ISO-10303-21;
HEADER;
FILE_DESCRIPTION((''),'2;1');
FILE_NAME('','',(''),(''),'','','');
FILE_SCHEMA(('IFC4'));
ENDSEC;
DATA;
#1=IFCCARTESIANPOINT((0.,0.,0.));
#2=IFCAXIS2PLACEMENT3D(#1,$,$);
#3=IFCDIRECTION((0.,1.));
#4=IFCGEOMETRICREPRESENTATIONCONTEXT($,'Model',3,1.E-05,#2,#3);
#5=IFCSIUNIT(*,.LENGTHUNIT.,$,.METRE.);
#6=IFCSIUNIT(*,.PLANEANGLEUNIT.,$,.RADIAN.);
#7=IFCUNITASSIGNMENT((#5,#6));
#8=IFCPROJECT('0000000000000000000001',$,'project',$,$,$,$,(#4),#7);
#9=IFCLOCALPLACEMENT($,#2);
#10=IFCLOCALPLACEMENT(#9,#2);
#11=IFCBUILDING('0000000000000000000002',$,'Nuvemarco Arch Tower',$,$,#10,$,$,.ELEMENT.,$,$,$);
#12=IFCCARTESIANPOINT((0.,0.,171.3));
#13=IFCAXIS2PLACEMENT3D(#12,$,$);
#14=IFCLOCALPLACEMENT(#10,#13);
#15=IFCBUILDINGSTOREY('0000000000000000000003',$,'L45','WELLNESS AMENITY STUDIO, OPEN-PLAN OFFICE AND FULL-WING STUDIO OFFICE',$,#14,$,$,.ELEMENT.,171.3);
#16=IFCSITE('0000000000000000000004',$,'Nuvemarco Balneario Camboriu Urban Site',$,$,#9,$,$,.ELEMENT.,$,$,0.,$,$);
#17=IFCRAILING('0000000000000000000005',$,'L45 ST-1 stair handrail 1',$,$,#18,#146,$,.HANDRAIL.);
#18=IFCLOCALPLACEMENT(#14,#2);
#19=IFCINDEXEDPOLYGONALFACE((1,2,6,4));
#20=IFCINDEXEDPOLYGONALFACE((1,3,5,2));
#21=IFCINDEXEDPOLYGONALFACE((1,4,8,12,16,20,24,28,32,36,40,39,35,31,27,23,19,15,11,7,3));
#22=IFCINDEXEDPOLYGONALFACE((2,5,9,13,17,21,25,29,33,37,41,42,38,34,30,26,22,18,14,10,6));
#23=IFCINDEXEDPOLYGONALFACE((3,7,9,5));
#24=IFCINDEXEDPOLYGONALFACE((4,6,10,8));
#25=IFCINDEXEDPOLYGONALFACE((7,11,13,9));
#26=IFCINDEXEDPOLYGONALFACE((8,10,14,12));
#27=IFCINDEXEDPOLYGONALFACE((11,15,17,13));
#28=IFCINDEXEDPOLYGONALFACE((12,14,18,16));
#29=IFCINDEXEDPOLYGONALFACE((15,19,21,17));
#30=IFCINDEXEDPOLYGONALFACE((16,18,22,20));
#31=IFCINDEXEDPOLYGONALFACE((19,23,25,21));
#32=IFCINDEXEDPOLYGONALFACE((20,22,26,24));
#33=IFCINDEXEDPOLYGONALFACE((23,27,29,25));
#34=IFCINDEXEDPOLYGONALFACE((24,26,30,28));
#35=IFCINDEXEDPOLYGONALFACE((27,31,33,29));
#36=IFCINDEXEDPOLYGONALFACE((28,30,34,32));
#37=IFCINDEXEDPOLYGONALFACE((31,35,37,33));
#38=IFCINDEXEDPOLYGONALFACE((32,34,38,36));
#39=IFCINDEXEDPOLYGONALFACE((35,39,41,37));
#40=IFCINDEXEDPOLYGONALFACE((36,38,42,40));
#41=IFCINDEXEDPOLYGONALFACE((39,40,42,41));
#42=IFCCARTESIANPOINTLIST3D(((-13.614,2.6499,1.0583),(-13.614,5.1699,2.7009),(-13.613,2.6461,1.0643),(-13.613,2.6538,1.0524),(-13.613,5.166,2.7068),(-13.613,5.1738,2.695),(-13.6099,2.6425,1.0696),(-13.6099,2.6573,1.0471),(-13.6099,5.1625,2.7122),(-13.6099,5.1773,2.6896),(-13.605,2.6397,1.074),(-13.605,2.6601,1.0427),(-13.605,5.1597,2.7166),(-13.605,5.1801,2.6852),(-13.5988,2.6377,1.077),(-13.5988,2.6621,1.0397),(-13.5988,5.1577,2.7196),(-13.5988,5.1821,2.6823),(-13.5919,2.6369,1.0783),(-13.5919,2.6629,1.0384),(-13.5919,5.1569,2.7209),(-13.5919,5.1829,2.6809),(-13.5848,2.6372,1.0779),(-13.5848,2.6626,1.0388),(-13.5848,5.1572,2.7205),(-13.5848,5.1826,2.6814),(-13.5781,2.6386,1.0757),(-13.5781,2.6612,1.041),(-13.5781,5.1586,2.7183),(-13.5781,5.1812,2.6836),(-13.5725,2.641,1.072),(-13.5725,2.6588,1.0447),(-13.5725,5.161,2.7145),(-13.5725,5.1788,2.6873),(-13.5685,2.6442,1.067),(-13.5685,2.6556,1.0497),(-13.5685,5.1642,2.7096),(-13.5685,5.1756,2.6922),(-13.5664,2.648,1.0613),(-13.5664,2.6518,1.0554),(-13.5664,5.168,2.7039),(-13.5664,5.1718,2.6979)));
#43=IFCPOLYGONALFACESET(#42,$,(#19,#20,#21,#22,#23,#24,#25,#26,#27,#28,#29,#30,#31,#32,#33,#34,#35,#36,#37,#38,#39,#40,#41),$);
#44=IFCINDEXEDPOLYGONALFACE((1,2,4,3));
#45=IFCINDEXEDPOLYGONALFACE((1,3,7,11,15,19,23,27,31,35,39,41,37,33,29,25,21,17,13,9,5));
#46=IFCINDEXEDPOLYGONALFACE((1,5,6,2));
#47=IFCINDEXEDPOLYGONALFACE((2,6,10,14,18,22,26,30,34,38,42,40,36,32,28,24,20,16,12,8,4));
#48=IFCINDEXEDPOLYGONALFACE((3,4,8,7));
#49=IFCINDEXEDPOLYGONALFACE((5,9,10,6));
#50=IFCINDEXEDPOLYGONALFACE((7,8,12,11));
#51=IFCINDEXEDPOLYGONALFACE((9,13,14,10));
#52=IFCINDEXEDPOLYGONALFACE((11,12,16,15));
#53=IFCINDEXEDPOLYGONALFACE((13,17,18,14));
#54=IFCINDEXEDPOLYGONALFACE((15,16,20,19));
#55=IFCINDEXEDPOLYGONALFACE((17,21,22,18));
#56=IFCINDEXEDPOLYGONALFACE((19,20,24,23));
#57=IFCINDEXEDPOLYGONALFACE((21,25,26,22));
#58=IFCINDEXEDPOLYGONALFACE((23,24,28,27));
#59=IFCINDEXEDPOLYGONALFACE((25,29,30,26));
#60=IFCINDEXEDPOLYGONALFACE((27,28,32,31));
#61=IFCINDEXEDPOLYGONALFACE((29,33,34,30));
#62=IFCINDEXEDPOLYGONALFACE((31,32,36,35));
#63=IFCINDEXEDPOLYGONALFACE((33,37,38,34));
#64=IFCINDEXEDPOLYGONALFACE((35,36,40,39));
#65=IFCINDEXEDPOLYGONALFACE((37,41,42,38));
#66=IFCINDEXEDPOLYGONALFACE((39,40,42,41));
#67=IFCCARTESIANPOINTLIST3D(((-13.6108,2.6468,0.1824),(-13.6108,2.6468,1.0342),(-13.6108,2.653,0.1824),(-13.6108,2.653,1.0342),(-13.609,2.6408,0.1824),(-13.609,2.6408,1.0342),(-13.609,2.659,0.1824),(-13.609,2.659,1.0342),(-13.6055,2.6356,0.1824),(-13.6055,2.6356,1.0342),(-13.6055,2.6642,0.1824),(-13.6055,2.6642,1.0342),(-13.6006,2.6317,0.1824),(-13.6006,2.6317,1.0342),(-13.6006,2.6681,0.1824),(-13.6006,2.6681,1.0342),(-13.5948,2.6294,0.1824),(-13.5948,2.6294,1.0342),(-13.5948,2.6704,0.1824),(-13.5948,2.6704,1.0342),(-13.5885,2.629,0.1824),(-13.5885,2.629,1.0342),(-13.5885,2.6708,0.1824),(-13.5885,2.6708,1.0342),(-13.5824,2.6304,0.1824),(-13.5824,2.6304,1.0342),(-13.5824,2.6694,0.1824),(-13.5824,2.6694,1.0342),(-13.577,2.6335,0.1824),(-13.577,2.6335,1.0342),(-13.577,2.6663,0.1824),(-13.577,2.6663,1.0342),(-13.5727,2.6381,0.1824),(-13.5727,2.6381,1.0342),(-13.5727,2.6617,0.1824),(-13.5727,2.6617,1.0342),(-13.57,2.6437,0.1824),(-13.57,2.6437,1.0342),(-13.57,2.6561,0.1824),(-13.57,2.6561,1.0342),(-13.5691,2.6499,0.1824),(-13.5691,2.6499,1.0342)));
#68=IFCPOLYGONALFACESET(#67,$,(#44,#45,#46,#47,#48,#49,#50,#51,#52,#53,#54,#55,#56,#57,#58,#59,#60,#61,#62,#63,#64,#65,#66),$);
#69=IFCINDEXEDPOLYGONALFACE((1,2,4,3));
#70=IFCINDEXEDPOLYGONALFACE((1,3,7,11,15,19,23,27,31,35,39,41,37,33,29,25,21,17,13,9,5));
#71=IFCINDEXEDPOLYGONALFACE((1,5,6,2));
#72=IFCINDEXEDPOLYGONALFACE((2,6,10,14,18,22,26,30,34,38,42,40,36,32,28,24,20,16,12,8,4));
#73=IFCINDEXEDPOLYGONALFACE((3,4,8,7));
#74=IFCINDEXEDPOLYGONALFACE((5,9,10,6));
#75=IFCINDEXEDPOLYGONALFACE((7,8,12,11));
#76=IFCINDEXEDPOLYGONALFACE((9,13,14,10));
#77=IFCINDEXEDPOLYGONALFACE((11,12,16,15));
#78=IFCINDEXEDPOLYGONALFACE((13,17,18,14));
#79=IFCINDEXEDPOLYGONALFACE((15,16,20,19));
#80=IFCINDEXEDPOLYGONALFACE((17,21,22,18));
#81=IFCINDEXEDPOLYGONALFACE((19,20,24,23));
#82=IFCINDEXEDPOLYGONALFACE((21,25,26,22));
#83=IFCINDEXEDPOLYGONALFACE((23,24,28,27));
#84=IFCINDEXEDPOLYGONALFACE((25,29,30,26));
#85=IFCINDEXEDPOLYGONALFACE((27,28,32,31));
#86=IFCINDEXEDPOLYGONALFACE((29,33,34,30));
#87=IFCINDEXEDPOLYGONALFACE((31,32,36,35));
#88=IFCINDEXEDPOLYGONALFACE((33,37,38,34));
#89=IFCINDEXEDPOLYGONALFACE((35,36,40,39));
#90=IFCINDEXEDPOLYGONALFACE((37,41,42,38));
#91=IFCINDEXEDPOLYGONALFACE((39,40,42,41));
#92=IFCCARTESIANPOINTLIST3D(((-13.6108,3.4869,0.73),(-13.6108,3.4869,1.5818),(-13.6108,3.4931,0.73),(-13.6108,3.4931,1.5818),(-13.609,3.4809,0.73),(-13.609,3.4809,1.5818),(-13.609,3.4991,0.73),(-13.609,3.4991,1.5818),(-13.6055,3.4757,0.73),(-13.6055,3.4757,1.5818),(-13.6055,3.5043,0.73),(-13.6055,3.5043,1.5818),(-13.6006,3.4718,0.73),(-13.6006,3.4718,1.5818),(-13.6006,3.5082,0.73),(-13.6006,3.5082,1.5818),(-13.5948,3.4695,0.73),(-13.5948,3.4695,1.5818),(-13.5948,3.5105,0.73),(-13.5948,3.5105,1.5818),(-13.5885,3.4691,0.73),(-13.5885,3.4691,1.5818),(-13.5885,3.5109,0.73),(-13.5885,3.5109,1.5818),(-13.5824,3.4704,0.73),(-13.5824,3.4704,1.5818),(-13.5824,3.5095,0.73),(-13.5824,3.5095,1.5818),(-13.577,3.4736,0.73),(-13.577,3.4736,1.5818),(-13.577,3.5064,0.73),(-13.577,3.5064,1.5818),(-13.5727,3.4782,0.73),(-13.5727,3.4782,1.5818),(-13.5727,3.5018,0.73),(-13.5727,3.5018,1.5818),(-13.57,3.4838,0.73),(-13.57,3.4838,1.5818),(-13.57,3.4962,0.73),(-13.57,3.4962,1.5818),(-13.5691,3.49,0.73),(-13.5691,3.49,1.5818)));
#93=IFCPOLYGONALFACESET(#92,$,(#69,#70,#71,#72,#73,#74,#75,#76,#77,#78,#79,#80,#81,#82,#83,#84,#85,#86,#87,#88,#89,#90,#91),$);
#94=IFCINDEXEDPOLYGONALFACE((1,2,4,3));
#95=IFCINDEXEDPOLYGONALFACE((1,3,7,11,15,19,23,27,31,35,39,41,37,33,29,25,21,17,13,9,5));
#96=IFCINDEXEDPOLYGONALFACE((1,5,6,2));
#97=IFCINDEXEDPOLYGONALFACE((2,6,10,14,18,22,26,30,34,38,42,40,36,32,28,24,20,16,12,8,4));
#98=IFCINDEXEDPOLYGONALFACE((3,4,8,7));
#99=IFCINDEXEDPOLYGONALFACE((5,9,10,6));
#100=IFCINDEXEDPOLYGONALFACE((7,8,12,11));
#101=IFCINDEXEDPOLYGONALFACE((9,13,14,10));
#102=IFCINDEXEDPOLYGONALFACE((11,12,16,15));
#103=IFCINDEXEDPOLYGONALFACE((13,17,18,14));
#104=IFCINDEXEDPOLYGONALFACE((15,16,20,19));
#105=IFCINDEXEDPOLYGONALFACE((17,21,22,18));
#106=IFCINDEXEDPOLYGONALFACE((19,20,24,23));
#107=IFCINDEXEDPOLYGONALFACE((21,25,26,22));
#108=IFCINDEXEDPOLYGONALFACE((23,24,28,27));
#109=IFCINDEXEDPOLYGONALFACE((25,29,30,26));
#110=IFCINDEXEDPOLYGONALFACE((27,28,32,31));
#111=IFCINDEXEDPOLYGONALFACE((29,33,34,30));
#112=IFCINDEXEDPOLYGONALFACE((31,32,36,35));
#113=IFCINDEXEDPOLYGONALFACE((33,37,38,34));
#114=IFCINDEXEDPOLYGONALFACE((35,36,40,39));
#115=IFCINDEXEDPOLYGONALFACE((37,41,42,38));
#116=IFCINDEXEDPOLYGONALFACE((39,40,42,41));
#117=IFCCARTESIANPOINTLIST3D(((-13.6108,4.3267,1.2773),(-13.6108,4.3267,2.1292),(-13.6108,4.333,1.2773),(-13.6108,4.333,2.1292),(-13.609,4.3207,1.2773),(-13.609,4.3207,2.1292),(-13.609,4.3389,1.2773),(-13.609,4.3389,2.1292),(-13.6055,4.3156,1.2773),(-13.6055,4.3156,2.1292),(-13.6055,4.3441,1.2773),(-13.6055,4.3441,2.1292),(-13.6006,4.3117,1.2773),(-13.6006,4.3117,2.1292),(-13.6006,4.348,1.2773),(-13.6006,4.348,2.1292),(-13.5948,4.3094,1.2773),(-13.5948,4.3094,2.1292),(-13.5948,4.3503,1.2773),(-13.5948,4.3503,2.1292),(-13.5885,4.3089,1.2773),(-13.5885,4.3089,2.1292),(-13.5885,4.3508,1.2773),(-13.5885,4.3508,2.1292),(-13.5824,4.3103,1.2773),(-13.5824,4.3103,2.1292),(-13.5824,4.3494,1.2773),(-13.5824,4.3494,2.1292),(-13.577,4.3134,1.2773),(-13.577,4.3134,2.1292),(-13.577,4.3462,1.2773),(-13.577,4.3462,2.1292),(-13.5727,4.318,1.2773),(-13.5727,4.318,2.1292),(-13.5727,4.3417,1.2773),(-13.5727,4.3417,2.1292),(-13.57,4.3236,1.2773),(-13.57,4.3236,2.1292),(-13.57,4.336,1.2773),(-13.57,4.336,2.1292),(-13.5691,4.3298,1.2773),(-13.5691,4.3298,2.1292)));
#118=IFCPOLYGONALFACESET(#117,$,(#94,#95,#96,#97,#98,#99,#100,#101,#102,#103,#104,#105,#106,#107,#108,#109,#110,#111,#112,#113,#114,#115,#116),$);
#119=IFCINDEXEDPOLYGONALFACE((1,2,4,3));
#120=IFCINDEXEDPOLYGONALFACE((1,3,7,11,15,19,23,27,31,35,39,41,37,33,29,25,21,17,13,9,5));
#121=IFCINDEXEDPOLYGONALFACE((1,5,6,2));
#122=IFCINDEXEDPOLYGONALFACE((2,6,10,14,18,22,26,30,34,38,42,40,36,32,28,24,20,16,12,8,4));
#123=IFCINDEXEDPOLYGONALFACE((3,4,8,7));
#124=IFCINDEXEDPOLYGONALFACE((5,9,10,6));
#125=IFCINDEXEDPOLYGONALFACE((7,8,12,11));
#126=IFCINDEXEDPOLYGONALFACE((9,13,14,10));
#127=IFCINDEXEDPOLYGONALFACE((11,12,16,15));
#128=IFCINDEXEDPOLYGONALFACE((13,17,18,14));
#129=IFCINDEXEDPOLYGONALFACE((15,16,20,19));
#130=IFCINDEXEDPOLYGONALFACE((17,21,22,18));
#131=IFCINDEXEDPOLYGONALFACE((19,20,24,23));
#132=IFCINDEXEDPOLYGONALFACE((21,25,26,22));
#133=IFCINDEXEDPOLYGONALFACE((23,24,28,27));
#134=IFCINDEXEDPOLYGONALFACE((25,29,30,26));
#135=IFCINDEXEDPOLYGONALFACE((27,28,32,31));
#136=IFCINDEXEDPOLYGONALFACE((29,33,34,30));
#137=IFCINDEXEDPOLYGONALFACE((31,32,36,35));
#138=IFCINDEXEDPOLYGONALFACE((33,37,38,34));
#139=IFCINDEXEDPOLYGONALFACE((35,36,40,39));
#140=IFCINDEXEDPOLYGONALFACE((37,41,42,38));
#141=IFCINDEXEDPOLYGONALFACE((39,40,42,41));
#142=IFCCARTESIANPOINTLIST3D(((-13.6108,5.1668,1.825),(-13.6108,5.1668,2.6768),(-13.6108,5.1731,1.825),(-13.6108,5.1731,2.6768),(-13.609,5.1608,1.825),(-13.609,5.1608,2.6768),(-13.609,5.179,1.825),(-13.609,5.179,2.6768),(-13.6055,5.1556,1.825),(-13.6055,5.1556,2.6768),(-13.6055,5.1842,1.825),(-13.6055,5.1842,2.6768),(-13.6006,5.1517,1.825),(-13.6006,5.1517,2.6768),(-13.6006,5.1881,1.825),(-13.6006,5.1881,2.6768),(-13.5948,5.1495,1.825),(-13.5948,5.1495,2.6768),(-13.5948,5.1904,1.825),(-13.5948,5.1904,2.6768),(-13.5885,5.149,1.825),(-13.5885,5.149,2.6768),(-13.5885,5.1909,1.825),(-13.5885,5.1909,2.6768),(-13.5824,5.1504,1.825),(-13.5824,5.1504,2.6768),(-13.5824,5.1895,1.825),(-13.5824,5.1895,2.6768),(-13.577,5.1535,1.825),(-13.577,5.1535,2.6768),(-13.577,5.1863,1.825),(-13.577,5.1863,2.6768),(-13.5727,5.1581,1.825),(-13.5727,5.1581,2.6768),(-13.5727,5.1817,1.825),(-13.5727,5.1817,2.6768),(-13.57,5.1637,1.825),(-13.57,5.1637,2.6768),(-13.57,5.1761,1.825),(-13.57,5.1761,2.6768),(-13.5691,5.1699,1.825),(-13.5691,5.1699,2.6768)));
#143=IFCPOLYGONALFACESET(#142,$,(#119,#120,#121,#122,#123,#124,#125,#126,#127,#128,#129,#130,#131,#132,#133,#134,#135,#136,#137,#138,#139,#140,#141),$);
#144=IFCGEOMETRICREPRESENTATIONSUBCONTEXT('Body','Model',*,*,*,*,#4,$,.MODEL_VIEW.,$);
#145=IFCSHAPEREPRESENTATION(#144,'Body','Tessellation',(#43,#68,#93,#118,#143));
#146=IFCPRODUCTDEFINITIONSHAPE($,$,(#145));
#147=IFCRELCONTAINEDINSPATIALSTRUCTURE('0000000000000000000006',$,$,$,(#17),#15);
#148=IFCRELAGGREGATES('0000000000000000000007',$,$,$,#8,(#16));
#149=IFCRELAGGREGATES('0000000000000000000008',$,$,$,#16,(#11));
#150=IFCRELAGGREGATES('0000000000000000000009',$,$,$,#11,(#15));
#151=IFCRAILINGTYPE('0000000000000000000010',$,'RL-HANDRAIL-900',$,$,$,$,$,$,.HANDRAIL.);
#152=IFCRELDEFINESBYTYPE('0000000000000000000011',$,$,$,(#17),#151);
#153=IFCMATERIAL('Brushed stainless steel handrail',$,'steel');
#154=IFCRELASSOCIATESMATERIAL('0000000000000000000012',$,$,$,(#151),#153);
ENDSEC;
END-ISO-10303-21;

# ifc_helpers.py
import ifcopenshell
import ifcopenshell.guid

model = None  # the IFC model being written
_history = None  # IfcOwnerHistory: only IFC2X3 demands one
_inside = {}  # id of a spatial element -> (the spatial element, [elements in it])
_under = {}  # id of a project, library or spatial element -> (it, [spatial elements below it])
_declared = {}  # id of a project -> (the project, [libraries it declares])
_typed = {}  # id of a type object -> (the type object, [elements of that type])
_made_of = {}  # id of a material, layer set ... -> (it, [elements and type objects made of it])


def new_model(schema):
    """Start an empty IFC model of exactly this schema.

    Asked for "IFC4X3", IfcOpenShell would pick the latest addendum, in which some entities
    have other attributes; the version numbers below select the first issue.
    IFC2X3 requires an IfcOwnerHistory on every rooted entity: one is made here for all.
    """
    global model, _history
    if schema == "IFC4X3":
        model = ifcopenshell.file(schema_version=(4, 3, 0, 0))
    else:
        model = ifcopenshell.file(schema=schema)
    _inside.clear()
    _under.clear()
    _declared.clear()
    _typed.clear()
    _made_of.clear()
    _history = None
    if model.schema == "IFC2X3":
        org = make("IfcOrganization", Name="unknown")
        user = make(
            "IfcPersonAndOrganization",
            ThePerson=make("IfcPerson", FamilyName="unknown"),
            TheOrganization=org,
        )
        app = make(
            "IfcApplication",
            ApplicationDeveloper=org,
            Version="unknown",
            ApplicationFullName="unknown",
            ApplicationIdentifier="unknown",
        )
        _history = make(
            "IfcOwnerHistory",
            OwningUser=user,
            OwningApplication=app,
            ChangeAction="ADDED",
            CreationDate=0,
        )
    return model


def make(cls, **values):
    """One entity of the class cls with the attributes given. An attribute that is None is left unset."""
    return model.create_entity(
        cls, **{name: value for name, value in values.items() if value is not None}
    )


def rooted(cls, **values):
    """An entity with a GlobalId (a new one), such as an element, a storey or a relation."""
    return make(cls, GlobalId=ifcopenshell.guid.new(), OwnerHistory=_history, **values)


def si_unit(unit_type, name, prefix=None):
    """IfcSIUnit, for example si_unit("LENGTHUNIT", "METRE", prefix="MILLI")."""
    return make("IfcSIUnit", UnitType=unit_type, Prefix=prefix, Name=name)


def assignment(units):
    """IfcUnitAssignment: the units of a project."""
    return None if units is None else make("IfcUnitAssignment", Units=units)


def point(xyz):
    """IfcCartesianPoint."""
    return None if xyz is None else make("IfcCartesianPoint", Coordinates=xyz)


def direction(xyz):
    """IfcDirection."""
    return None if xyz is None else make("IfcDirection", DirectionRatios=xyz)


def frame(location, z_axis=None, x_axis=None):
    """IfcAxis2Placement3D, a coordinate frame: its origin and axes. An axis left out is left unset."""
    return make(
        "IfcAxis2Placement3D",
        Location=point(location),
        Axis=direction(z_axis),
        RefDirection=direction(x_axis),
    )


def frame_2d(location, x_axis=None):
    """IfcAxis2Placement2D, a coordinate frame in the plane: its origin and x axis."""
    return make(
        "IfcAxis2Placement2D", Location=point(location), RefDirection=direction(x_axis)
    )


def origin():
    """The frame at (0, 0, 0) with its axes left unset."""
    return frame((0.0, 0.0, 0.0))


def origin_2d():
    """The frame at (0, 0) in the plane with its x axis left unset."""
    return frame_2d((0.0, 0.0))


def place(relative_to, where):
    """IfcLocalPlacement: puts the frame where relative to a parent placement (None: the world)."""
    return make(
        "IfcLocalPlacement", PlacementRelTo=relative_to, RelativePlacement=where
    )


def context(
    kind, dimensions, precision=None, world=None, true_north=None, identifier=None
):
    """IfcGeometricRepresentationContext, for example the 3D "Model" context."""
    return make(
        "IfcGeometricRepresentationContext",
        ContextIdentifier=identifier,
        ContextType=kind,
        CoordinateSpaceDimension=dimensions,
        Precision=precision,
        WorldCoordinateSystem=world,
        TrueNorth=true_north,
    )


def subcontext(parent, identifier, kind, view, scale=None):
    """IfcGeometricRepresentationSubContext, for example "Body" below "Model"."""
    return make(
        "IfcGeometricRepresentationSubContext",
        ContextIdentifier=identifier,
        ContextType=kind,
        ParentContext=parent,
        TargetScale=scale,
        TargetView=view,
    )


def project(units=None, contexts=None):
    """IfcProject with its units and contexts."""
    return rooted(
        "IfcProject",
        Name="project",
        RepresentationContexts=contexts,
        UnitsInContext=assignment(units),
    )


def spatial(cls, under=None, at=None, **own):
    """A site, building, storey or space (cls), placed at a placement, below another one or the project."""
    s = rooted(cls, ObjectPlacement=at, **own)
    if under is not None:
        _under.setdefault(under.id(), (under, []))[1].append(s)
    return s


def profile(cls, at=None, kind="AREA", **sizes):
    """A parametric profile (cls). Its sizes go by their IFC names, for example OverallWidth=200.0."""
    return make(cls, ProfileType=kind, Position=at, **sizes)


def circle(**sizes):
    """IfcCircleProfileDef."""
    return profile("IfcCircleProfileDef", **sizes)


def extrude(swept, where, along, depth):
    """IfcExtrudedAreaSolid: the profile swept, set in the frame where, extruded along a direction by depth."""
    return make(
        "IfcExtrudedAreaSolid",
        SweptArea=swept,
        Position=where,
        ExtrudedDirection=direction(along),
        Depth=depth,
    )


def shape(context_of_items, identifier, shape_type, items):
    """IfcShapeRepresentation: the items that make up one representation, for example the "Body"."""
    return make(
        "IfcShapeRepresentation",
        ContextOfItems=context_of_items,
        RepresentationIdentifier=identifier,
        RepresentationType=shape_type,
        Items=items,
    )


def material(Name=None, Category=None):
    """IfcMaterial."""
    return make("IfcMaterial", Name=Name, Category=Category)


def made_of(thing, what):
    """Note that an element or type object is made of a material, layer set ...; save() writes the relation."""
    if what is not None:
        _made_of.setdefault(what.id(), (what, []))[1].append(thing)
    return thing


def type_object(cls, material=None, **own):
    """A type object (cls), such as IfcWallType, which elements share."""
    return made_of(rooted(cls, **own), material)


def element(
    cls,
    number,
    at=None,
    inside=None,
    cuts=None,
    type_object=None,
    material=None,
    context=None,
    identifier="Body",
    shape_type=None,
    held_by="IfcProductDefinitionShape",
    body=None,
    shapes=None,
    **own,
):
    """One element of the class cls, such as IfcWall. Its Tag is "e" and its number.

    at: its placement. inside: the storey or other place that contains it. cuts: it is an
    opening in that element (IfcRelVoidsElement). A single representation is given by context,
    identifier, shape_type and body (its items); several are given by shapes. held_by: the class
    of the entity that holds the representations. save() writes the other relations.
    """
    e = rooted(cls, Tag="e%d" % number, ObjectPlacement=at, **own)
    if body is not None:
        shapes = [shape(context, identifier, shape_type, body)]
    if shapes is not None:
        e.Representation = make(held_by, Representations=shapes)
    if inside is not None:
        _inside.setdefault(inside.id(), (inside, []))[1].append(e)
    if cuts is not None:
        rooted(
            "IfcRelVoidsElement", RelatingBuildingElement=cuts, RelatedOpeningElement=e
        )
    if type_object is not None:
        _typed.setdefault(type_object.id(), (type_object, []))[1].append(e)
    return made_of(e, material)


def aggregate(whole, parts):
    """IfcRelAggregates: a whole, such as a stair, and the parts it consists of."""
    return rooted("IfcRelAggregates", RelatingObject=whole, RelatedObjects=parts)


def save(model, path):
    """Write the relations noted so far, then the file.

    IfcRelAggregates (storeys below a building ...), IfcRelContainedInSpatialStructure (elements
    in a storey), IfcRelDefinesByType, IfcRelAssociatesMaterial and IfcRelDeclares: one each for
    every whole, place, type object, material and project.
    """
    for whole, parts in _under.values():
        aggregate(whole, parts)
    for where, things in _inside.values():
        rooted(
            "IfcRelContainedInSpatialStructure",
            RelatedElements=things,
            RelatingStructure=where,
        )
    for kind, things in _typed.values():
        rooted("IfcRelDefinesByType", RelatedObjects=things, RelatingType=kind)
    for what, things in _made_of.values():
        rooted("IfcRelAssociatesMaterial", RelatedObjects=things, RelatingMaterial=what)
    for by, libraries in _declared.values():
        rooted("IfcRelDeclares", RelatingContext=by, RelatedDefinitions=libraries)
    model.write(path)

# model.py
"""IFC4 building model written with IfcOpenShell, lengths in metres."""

from ifc_helpers import new_model, si_unit, direction, frame, origin, origin_2d, place, context, subcontext, project, spatial, circle, extrude, material, type_object, element, save


model = new_model("IFC4")

# Units and contexts
model_context = context("Model", 3, precision=1e-05, world=origin(), true_north=direction((0.0, 1.0)))
body_context = subcontext(model_context, "Body", "Model", "MODEL_VIEW")
ifc_project = project(units=[si_unit("LENGTHUNIT", "METRE"), si_unit("PLANEANGLEUNIT", "RADIAN")], contexts=[model_context])

# Site, building, storey
site_placement = place(None, origin())
site = spatial("IfcSite", under=ifc_project, at=site_placement, Name="Nuvemarco Balneario Camboriu Urban Site", CompositionType="ELEMENT", RefElevation=0.0)
building_placement = place(site_placement, origin())
building = spatial("IfcBuilding", under=site, at=building_placement, Name="Nuvemarco Arch Tower", CompositionType="ELEMENT")
storey_placement = place(building_placement, frame((0.0, 0.0, 171.3)))
storey = spatial("IfcBuildingStorey", under=building, at=storey_placement, Name="L45", Description="WELLNESS AMENITY STUDIO, OPEN-PLAN OFFICE AND FULL-WING STUDIO OFFICE", CompositionType="ELEMENT", Elevation=171.3)

# Railing
ifc_material_1 = material(Name="Brushed stainless steel handrail", Category="steel")
railing_type_1 = type_object("IfcRailingType", Name="RL-HANDRAIL-900", PredefinedType="HANDRAIL", material=ifc_material_1)
railing_1_placement = place(storey_placement, frame((-13.5901, 2.6499, 0.1824)))
element("IfcRailing", 1, at=railing_1_placement, inside=storey, type_object=railing_type_1, Name="L45 ST-1 stair handrail 1", PredefinedType="HANDRAIL", context=body_context, shape_type="SweptSolid", body=[
    extrude(circle(Radius=0.0239, at=origin_2d()), frame((0.0, 0.0, 0.876), z_axis=(0.0, 0.837749, 0.546055), x_axis=(-1.0, 0.0, 0.0)), (0.0, 0.0, 1.0), 3.0081),
    extrude(circle(Radius=0.021, at=origin_2d()), origin(), (0.0, 0.0, 1.0), 0.8518),
    extrude(circle(Radius=0.021, at=origin_2d()), frame((0.0, 0.8401, 0.5476)), (0.0, 0.0, 1.0), 0.8518),
    extrude(circle(Radius=0.021, at=origin_2d()), frame((0.0, 1.6799, 1.095)), (0.0, 0.0, 1.0), 0.8518),
    extrude(circle(Radius=0.021, at=origin_2d()), frame((0.0, 2.52, 1.6426)), (0.0, 0.0, 1.0), 0.8518),
])

save(model, "model.ifc")
